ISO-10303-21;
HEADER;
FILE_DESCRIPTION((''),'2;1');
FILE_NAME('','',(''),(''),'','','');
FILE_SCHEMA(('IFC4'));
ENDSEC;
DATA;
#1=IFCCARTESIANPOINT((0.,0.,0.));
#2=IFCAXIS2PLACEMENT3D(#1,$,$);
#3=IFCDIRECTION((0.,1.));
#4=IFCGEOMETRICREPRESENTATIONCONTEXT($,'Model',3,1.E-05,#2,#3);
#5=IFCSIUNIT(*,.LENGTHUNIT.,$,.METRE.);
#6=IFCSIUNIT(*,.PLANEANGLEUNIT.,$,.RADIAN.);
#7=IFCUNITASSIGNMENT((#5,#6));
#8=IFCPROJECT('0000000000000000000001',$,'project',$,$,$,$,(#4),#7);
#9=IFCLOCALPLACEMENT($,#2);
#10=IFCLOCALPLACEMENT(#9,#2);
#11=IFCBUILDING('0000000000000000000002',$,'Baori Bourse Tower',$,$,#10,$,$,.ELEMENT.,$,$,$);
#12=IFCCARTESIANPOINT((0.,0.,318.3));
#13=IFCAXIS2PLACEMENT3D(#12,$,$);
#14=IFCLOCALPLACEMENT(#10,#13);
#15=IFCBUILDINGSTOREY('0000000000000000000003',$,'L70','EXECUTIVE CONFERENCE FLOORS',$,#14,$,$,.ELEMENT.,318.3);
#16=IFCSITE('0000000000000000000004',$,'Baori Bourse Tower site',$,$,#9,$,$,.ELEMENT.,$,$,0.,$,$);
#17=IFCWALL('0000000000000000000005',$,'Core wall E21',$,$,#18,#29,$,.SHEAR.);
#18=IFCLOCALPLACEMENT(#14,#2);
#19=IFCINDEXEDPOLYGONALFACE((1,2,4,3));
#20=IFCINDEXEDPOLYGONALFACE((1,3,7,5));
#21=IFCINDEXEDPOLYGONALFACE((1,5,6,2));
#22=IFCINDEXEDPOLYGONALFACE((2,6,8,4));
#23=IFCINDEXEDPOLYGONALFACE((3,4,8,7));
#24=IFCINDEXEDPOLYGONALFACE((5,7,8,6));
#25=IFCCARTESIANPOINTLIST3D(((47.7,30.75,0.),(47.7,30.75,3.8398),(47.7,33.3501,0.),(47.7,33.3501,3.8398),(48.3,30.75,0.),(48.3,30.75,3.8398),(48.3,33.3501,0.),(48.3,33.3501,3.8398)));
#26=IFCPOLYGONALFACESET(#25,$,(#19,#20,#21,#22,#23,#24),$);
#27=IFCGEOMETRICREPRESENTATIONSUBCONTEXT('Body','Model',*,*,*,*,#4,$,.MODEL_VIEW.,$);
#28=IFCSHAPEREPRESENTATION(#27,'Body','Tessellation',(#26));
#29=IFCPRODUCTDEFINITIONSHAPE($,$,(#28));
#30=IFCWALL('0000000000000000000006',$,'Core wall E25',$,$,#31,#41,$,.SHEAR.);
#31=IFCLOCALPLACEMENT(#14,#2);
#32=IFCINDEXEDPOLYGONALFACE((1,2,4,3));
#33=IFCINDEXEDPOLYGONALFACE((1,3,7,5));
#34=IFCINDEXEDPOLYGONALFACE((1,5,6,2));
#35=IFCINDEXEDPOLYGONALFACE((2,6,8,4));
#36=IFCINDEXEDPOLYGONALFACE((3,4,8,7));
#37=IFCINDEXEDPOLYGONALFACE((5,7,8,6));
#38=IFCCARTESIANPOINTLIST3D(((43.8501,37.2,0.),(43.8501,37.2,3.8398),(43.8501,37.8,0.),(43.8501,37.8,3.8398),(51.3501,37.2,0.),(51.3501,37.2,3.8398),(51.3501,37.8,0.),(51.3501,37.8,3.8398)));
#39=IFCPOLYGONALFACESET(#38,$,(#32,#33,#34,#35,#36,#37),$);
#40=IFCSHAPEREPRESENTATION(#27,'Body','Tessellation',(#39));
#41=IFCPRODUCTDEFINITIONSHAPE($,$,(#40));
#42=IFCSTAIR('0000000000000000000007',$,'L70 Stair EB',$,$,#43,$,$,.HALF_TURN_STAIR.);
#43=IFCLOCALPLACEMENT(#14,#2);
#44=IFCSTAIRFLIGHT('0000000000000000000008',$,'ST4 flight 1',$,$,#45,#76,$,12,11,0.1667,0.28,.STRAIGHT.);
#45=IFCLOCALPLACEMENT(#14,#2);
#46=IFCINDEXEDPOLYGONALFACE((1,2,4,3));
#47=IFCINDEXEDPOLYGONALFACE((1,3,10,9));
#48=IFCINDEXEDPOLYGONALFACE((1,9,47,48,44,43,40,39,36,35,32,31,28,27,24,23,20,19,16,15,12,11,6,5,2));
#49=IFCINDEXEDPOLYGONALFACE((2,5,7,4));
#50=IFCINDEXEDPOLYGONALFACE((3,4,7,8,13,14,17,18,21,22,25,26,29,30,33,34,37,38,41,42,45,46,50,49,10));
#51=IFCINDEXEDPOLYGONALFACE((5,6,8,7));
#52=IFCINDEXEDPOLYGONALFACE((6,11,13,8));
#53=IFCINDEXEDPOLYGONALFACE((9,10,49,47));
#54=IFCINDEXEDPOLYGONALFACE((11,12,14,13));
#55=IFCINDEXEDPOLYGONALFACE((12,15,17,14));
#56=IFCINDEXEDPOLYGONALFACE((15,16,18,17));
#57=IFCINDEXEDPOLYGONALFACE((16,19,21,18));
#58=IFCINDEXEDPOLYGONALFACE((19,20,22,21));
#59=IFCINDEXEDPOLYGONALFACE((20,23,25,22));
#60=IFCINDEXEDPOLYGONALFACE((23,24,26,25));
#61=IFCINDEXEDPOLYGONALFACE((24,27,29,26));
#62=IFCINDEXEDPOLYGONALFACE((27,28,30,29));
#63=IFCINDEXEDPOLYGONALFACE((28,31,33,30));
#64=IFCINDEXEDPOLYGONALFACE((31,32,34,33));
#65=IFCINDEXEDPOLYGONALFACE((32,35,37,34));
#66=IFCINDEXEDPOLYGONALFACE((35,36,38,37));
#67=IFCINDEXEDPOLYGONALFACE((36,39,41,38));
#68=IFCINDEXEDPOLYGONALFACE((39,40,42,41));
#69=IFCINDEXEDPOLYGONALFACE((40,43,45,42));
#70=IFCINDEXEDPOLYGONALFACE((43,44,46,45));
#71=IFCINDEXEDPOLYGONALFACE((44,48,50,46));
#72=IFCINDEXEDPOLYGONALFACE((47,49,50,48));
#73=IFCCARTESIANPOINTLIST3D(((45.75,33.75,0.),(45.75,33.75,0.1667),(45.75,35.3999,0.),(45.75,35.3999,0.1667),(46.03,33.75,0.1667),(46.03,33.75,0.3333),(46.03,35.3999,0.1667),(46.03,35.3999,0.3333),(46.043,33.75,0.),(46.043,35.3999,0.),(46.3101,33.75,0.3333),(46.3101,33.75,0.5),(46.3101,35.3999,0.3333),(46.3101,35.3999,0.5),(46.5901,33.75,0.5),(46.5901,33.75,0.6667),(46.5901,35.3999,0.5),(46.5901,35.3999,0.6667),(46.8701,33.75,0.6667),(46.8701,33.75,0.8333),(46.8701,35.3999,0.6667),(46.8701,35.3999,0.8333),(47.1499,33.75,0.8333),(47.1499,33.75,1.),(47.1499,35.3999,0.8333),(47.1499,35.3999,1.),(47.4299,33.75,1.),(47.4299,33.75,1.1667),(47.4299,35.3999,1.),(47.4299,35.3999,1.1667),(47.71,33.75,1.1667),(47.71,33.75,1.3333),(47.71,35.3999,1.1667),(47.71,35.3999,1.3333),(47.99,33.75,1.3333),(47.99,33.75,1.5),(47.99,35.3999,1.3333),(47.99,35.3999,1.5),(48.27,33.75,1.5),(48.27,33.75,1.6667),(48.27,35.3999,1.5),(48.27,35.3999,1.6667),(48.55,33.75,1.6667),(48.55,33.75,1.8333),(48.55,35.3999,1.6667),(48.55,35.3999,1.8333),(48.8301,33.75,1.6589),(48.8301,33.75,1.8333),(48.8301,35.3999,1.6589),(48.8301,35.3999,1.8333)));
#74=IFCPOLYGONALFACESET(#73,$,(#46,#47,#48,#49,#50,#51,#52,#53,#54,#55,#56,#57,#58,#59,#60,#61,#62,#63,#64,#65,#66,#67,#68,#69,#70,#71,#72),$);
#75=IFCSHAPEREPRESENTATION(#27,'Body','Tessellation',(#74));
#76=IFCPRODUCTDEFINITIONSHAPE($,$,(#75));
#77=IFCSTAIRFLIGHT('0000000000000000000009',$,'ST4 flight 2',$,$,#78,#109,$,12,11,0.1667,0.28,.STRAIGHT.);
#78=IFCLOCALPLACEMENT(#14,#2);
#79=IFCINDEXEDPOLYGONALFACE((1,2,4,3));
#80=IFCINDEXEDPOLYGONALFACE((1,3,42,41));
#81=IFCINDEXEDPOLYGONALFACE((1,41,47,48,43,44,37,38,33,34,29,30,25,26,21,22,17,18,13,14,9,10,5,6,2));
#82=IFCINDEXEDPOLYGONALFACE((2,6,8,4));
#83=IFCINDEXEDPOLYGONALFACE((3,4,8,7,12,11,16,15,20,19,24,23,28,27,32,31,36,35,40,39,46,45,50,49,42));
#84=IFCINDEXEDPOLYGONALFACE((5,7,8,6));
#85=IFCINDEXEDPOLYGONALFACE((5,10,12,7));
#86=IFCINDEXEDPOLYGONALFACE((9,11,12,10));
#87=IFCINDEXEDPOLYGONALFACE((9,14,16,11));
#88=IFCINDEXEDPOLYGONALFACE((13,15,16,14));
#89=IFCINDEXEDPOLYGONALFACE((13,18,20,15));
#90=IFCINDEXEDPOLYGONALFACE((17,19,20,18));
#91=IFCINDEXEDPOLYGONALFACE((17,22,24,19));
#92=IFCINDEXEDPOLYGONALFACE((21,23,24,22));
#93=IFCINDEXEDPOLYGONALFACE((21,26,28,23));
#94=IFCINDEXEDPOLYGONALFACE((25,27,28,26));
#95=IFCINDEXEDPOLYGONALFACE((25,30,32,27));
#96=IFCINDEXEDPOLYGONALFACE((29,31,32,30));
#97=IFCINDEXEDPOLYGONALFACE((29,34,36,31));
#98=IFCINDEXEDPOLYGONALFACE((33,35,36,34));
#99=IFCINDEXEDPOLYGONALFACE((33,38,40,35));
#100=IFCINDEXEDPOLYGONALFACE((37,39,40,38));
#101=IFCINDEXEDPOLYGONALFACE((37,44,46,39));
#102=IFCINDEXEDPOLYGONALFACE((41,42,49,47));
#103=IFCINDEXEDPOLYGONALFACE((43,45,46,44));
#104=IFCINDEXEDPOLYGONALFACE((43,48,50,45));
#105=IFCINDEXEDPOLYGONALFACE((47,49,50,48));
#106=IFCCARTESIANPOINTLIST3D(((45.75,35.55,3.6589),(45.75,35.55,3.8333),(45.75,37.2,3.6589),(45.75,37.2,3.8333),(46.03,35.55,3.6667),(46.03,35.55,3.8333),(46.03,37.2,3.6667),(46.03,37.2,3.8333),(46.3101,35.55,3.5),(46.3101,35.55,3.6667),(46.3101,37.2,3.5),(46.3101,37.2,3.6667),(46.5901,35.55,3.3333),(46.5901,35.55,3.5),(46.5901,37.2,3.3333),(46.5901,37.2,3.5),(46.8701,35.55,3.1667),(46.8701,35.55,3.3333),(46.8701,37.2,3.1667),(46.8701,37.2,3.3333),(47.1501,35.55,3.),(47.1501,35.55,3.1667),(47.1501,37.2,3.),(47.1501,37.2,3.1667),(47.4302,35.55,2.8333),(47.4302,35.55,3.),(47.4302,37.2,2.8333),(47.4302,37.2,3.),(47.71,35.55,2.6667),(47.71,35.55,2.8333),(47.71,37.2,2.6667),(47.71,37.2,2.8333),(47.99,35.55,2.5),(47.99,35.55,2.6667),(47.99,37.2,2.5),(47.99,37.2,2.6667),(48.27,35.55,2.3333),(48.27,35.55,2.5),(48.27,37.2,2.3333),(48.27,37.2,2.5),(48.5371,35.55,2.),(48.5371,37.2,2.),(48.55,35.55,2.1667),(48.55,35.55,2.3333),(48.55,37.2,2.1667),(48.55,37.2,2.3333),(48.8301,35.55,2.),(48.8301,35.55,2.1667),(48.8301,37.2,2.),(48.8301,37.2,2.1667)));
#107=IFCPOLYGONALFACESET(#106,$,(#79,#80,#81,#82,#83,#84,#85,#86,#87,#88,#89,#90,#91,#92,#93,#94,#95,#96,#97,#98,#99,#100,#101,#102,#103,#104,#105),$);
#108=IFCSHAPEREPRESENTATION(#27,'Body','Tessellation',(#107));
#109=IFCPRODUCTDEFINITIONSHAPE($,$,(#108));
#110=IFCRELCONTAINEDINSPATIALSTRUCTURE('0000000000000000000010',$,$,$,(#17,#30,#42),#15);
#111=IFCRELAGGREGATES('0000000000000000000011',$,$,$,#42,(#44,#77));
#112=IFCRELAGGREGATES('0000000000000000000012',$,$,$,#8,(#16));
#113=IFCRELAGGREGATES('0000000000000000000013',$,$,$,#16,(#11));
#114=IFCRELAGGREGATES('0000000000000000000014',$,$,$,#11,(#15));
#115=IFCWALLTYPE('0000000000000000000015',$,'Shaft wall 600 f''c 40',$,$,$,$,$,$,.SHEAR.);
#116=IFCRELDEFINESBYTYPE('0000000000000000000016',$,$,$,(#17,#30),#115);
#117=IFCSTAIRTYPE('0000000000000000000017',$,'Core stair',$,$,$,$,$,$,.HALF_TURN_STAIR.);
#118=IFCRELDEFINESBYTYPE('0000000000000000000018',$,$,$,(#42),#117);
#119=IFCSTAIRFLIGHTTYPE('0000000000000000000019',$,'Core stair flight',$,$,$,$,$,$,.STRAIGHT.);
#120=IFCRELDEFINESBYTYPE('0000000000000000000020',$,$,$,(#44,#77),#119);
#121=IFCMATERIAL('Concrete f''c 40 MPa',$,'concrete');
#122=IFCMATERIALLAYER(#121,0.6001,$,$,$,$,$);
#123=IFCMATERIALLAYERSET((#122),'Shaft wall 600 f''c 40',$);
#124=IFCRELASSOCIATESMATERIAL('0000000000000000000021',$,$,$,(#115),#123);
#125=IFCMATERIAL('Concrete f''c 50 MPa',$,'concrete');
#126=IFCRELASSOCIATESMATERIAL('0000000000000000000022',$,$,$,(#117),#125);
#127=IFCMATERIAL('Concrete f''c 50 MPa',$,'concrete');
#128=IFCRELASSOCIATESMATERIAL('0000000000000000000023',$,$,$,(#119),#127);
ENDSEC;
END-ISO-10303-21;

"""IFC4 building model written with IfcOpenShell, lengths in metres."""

from ifc_helpers import new_model, si_unit, direction, frame, frame_2d, origin, place, context, subcontext, project, spatial, polyline, rectangle, outline, extrude, material, layer, layer_set, type_object, element, aggregate, save


model = new_model("IFC4")

# Units and contexts
model_context = context("Model", 3, precision=1e-05, world=origin(), true_north=direction((0.0, 1.0)))
body_context = subcontext(model_context, "Body", "Model", "MODEL_VIEW")
ifc_project = project(units=[si_unit("LENGTHUNIT", "METRE"), si_unit("PLANEANGLEUNIT", "RADIAN")], contexts=[model_context])

# Site, building, storey
site_placement = place(None, origin())
site = spatial("IfcSite", under=ifc_project, at=site_placement, Name="Baori Bourse Tower site", CompositionType="ELEMENT", RefElevation=0.0)
building_placement = place(site_placement, origin())
building = spatial("IfcBuilding", under=site, at=building_placement, Name="Baori Bourse Tower", CompositionType="ELEMENT")
storey_placement = place(building_placement, frame((0.0, 0.0, 318.3)))
storey = spatial("IfcBuildingStorey", under=building, at=storey_placement, Name="L70", Description="EXECUTIVE CONFERENCE FLOORS", CompositionType="ELEMENT", Elevation=318.3)

# Walls
ifc_material_1 = material(Name="Concrete f'c 40 MPa", Category="concrete")
ifc_layer_1 = layer(ifc_material_1, 0.6001)
ifc_layer_set_1 = layer_set([ifc_layer_1], Name="Shaft wall 600 f'c 40")
wall_type_1 = type_object("IfcWallType", Name="Shaft wall 600 f'c 40", PredefinedType="SHEAR", material=ifc_layer_set_1)
for number, where, z_axis, x_axis, name in (
    (1, (48.0, 30.75, 0.0), (0.0, 0.0, 1.0), (0.0, 1.0, 0.0), "Core wall E21"),
):
    element("IfcWall", number, at=place(storey_placement, frame(where, z_axis=z_axis, x_axis=x_axis)), inside=storey, type_object=wall_type_1, Name=name, PredefinedType="SHEAR", context=body_context, shape_type="SweptSolid", body=[
        extrude(rectangle(XDim=2.6001, YDim=0.6001, at=frame_2d((1.3, 0.0))), origin(), (0.0, 0.0, 1.0), 3.8398),
    ])
wall_1_placement = place(storey_placement, frame((43.8501, 37.5, 0.0), z_axis=(0.0, 0.0, 1.0), x_axis=(1.0, 0.0, 0.0)))
element("IfcWall", 2, at=wall_1_placement, inside=storey, type_object=wall_type_1, Name="Core wall E25", PredefinedType="SHEAR", context=body_context, shape_type="SweptSolid", body=[
    extrude(rectangle(XDim=7.5, YDim=0.6001, at=frame_2d((3.75, 0.0))), origin(), (0.0, 0.0, 1.0), 3.8398),
])

# Stair, stair flights
ifc_material_2 = material(Name="Concrete f'c 50 MPa", Category="concrete")
stair_type = type_object("IfcStairType", Name="Core stair", PredefinedType="HALF_TURN_STAIR", material=ifc_material_2)
stair_placement = place(storey_placement, origin())
stair = element("IfcStair", 3, at=stair_placement, inside=storey, type_object=stair_type, Name="L70 Stair EB", PredefinedType="HALF_TURN_STAIR")
ifc_material_3 = material(Name="Concrete f'c 50 MPa", Category="concrete")
stair_flight_type = type_object("IfcStairFlightType", Name="Core stair flight", PredefinedType="STRAIGHT", material=ifc_material_3)
stair_flight_1_placement = place(storey_placement, frame((45.75, 34.575, 0.0), z_axis=(0.0, 0.0, 1.0), x_axis=(1.0, 0.0, 0.0)))
stair_flight_1 = element("IfcStairFlight", 4, at=stair_flight_1_placement, type_object=stair_flight_type, Name="ST4 flight 1", NumberOfRisers=12, NumberOfTreads=11, PredefinedType="STRAIGHT", RiserHeight=0.1667, TreadLength=0.28, context=body_context, shape_type="SweptSolid", body=[
    extrude(outline(polyline([(0.0, 0.0), (0.0, 0.1667), (0.28, 0.1667), (0.28, 0.3333), (0.5601, 0.3333), (0.5601, 0.5), (0.8401, 0.5), (0.8401, 0.6667), (1.1201, 0.6667), (1.1201, 0.8333), (1.3999, 0.8333), (1.3999, 1.0), (1.6799, 1.0), (1.6799, 1.1667), (1.96, 1.1667), (1.96, 1.3333), (2.24, 1.3333), (2.24, 1.5), (2.52, 1.5), (2.52, 1.6667), (2.8, 1.6667), (2.8, 1.8333), (3.0801, 1.8333), (3.0801, 2.0), (3.0801, 1.6589), (0.293, 0.0), (0.0, 0.0)])), frame((0.0, 0.825, 0.0), z_axis=(0.0, -1.0, 0.0), x_axis=(1.0, 0.0, 0.0)), (0.0, 0.0, 1.0), 1.6499),
])
stair_flight_2_placement = place(storey_placement, frame((48.8301, 36.375, 2.0), z_axis=(0.0, 0.0, 1.0), x_axis=(-1.0, 0.0, 0.0)))
stair_flight_2 = element("IfcStairFlight", 5, at=stair_flight_2_placement, type_object=stair_flight_type, Name="ST4 flight 2", NumberOfRisers=12, NumberOfTreads=11, PredefinedType="STRAIGHT", RiserHeight=0.1667, TreadLength=0.28, context=body_context, shape_type="SweptSolid", body=[
    extrude(outline(polyline([(0.0, 0.0), (0.0, 0.1667), (0.28, 0.1667), (0.28, 0.3333), (0.5601, 0.3333), (0.5601, 0.5), (0.8401, 0.5), (0.8401, 0.6667), (1.1201, 0.6667), (1.1201, 0.8333), (1.3999, 0.8333), (1.3999, 1.0), (1.6799, 1.0), (1.6799, 1.1667), (1.96, 1.1667), (1.96, 1.3333), (2.24, 1.3333), (2.24, 1.5), (2.52, 1.5), (2.52, 1.6667), (2.8, 1.6667), (2.8, 1.8333), (3.0801, 1.8333), (3.0801, 2.0), (3.0801, 1.6589), (0.293, 0.0), (0.0, 0.0)])), frame((0.0, 0.825, 0.0), z_axis=(0.0, -1.0, 0.0), x_axis=(1.0, 0.0, 0.0)), (0.0, 0.0, 1.0), 1.6499),
])
aggregate(stair, [stair_flight_1, stair_flight_2])

save(model, "model.ifc")
